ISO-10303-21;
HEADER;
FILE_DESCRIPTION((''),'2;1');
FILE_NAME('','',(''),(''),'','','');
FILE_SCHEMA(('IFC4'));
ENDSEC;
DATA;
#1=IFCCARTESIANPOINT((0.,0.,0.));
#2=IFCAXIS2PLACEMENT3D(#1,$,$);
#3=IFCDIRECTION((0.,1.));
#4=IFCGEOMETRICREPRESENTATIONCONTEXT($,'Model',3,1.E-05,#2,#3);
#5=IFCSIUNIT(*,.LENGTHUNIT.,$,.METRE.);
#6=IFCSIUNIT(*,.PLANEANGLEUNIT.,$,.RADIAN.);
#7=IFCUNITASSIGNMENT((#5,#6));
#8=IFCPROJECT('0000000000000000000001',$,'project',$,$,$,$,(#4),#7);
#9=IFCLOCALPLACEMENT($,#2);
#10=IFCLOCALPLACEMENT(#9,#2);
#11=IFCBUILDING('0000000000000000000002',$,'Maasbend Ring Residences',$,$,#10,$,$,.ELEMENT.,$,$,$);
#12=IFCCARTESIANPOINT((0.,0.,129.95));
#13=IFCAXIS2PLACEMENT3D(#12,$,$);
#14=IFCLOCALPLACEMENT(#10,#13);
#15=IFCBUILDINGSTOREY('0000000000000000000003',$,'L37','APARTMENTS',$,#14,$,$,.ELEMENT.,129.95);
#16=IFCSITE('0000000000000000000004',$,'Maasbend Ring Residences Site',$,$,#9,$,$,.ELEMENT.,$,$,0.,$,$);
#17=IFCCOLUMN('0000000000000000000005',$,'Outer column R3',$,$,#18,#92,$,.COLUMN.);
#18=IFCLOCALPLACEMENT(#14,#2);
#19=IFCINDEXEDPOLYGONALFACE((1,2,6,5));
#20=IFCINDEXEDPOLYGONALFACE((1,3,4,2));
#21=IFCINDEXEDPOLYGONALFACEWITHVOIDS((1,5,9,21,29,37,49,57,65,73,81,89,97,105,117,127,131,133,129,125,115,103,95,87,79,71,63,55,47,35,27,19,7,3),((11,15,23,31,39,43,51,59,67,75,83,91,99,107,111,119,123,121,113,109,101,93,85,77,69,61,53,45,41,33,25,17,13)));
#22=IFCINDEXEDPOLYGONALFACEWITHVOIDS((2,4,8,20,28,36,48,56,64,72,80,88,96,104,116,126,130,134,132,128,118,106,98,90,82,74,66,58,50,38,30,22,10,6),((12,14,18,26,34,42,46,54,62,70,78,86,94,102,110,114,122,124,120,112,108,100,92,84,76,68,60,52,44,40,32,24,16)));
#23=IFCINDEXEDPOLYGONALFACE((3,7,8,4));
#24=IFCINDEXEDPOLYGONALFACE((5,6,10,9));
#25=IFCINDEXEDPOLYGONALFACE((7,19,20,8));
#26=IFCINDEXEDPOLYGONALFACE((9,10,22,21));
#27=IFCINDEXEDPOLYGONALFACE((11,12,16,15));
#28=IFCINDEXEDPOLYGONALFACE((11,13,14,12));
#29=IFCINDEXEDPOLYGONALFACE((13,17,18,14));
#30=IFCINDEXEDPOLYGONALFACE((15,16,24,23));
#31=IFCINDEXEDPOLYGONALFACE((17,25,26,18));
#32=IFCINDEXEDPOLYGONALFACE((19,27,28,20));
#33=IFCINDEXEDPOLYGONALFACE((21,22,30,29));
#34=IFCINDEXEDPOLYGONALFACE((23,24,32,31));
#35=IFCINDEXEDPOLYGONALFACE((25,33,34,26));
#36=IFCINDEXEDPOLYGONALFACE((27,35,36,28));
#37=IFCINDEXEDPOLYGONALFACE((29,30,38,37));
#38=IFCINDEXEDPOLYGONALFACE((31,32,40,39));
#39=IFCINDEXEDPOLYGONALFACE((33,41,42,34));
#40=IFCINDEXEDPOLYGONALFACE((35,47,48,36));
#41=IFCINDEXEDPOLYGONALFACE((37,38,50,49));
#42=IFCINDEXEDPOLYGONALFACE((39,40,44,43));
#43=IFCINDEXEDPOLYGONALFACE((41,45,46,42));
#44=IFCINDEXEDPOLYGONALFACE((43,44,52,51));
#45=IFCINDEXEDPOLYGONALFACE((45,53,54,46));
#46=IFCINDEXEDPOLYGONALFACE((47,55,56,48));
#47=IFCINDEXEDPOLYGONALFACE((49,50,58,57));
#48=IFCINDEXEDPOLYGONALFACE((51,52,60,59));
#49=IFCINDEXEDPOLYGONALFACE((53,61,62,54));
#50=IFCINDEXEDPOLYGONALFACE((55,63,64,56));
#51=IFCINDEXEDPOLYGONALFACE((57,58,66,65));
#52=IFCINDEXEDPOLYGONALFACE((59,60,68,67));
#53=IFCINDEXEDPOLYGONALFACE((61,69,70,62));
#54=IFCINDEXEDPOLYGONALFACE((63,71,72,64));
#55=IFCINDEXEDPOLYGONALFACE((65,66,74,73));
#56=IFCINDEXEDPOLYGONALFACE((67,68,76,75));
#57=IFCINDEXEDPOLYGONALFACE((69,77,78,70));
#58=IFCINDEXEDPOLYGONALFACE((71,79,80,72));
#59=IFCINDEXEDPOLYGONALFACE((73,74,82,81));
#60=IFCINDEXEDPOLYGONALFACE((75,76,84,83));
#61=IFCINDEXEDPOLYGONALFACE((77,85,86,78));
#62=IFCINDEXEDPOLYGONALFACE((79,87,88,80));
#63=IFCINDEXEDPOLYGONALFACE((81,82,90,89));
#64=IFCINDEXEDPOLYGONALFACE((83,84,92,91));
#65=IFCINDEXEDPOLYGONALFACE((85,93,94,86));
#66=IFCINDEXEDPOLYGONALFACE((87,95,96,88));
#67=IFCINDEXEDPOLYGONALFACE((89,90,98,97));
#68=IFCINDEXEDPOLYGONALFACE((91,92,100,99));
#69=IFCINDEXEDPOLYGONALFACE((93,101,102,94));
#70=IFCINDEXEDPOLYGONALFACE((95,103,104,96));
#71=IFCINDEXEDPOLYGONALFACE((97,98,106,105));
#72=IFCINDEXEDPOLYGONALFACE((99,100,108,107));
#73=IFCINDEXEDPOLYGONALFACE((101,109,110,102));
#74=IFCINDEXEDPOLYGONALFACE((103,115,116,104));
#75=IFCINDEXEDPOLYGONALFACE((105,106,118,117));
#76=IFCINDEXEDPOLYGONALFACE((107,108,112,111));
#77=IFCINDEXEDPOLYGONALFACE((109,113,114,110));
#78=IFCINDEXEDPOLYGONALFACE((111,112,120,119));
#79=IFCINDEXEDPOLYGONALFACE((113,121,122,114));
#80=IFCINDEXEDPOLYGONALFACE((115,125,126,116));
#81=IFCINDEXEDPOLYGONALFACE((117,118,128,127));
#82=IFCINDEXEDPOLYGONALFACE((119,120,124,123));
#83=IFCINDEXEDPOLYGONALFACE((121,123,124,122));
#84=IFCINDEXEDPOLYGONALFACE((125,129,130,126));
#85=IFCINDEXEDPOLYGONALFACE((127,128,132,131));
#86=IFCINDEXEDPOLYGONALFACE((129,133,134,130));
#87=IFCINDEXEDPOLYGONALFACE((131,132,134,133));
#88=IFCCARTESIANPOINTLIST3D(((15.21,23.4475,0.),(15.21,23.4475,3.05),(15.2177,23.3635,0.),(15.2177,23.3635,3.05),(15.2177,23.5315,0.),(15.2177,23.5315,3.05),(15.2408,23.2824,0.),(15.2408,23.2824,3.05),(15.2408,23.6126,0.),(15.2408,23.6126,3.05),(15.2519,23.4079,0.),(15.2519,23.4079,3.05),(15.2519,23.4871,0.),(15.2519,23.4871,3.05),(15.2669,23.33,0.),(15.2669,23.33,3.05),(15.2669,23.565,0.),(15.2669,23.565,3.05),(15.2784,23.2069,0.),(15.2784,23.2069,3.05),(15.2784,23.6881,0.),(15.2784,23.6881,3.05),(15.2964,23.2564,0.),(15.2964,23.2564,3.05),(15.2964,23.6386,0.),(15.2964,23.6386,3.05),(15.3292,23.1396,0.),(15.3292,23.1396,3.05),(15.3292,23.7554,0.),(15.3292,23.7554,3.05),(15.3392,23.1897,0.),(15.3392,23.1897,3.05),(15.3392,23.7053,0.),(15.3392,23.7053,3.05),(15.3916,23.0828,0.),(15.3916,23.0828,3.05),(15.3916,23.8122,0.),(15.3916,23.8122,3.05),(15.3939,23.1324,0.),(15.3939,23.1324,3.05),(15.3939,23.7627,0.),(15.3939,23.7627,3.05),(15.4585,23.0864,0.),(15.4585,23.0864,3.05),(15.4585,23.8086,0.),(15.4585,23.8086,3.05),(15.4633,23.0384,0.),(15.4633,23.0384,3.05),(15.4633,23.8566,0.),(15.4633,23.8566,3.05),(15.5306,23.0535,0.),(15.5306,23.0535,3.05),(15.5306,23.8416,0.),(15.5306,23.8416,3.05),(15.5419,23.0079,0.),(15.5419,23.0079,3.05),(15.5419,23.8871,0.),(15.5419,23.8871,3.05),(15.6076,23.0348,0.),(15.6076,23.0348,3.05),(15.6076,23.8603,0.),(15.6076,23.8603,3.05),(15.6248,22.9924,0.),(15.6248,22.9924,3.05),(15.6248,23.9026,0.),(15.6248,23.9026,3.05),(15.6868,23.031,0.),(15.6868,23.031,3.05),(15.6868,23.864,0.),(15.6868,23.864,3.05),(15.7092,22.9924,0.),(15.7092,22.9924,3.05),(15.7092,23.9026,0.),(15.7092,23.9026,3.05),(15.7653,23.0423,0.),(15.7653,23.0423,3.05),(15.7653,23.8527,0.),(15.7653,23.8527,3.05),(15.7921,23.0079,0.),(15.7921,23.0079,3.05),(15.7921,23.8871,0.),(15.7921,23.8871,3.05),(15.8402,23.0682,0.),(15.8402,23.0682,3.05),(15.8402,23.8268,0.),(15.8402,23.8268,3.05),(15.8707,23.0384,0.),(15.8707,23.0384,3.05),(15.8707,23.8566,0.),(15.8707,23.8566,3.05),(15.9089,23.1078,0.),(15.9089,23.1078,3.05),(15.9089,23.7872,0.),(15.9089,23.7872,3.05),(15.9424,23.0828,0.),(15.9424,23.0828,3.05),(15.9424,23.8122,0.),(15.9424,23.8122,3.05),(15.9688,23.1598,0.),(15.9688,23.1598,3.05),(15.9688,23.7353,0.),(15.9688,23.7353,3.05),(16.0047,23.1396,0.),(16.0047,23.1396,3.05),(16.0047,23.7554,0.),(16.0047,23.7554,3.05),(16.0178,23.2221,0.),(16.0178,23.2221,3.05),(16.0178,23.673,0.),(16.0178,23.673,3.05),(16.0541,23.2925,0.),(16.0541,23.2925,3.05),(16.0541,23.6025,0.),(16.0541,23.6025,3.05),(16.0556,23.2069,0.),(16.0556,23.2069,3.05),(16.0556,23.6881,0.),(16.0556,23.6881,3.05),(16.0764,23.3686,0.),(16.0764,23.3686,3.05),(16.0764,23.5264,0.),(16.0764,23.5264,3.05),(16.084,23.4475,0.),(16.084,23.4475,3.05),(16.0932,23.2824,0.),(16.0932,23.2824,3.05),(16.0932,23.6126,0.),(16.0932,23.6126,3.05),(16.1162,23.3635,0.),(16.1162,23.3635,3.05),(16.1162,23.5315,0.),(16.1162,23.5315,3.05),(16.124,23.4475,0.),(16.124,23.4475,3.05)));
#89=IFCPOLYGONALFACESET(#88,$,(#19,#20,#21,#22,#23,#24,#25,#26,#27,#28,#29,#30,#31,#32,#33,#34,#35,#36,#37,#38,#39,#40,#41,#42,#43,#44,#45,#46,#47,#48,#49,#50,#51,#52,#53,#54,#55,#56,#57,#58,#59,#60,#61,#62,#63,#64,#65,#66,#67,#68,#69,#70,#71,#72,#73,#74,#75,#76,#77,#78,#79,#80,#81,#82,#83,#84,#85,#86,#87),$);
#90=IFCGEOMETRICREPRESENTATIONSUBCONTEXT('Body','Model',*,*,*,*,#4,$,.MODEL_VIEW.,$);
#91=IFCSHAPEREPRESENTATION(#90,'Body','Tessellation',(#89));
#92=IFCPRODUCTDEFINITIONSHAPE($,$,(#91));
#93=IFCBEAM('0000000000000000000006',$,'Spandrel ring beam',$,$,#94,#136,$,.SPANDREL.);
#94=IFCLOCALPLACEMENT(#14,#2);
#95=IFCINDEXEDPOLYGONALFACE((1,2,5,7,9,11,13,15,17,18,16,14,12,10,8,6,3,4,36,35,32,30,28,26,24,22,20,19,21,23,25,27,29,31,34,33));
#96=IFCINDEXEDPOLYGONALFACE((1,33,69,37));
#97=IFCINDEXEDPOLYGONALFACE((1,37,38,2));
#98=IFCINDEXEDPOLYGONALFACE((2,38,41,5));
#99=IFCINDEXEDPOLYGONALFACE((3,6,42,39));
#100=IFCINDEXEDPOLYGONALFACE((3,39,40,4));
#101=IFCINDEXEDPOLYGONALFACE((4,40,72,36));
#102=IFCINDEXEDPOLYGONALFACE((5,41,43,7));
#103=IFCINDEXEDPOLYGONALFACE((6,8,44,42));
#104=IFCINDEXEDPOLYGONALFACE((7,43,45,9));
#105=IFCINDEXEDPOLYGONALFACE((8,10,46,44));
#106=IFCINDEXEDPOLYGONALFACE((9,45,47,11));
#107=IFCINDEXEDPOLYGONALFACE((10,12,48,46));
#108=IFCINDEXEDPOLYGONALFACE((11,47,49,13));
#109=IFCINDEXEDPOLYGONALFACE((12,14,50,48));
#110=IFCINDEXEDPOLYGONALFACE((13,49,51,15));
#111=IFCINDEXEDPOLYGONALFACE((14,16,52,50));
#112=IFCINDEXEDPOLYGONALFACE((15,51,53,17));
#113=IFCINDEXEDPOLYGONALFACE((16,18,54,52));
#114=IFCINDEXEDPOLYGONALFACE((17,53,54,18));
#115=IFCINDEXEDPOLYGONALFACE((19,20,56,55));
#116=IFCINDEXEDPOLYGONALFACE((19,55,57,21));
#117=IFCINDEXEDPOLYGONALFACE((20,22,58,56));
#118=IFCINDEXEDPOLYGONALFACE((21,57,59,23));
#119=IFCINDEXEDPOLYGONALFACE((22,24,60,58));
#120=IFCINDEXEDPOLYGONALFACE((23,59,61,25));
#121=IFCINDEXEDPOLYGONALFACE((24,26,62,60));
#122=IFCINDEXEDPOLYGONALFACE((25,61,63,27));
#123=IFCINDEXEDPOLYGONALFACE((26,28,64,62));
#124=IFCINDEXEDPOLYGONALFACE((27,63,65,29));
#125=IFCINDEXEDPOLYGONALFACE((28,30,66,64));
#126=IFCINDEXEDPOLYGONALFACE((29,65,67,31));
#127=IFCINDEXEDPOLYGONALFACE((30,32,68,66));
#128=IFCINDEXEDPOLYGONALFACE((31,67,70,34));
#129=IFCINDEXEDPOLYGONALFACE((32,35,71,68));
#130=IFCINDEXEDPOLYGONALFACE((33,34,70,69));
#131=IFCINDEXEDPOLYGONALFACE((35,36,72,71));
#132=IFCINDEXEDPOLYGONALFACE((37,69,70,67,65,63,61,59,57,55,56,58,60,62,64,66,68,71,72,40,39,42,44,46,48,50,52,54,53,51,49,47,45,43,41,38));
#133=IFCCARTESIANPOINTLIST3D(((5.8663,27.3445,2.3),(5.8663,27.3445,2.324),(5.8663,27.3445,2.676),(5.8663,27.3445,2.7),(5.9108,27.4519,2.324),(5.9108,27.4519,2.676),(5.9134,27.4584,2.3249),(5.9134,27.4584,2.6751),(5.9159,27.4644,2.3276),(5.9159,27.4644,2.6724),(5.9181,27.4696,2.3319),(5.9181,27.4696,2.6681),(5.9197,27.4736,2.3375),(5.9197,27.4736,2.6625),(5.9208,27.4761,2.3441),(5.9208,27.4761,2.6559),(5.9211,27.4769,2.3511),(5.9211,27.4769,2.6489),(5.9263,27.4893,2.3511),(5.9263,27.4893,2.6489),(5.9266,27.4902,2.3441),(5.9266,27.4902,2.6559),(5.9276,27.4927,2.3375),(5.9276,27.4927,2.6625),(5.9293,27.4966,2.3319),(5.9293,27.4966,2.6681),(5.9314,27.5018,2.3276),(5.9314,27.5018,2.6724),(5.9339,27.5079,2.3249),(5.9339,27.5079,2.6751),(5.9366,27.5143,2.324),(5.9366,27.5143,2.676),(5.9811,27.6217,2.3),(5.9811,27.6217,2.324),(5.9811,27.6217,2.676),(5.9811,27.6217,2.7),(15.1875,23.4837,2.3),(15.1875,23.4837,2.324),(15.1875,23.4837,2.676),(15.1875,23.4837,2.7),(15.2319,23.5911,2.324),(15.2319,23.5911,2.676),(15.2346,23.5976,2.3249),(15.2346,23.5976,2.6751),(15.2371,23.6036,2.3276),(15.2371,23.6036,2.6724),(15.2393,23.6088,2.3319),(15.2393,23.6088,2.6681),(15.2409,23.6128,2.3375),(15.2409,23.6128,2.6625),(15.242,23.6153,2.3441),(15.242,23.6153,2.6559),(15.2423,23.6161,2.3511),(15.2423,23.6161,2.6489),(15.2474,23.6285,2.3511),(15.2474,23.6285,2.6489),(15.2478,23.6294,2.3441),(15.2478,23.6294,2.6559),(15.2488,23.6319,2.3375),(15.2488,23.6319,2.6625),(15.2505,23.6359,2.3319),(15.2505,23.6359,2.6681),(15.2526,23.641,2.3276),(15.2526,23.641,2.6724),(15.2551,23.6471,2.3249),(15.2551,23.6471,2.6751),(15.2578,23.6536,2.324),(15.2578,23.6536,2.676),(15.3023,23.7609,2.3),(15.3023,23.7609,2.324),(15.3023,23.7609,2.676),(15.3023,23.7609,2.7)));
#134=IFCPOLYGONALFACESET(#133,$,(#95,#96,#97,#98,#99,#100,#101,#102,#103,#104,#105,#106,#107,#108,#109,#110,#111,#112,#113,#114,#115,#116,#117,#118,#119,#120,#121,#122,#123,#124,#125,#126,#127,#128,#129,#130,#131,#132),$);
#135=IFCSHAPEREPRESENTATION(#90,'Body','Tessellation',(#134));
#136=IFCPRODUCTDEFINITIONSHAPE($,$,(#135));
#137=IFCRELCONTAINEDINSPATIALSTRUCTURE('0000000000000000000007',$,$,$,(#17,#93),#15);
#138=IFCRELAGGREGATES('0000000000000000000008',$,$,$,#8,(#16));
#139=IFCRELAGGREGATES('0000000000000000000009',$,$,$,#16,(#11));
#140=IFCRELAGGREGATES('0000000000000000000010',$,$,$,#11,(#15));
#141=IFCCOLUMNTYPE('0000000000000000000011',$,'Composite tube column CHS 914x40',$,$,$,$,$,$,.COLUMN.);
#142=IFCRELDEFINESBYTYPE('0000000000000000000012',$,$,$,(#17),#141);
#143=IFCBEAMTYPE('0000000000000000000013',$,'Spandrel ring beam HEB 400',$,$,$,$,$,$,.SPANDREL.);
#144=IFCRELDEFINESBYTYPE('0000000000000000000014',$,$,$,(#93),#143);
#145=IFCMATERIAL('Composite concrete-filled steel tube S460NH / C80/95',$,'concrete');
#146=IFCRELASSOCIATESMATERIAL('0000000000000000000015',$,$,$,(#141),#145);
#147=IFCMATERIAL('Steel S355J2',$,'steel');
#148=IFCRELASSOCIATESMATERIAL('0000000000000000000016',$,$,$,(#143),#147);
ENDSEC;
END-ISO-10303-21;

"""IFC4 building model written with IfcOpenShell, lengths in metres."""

from ifc_helpers import new_model, si_unit, direction, frame, origin, origin_2d, place, context, subcontext, project, spatial, hollow_circle, i_section, extrude, material, material_profile, profile_set, type_object, element, save


model = new_model("IFC4")

# Units and contexts
model_context = context("Model", 3, precision=1e-05, world=origin(), true_north=direction((0.0, 1.0)))
body_context = subcontext(model_context, "Body", "Model", "MODEL_VIEW")
ifc_project = project(units=[si_unit("LENGTHUNIT", "METRE"), si_unit("PLANEANGLEUNIT", "RADIAN")], contexts=[model_context])

# Site, building, storey
site_placement = place(None, origin())
site = spatial("IfcSite", under=ifc_project, at=site_placement, Name="Maasbend Ring Residences Site", CompositionType="ELEMENT", RefElevation=0.0)
building_placement = place(site_placement, origin())
building = spatial("IfcBuilding", under=site, at=building_placement, Name="Maasbend Ring Residences", CompositionType="ELEMENT")
storey_placement = place(building_placement, frame((0.0, 0.0, 129.95)))
storey = spatial("IfcBuildingStorey", under=building, at=storey_placement, Name="L37", Description="APARTMENTS", CompositionType="ELEMENT", Elevation=129.95)

# Column
ifc_material_1 = material(Name="Composite concrete-filled steel tube S460NH / C80/95", Category="concrete")
ifc_material_profile_1 = material_profile(ifc_material_1, hollow_circle(Radius=0.457, WallThickness=0.04, at=origin_2d()), Name="Composite tube column CHS 914x40")
ifc_profile_set_1 = profile_set([ifc_material_profile_1], Name="Composite concrete-filled steel tube S460NH / C80/95")
column_type = type_object("IfcColumnType", Name="Composite tube column CHS 914x40", PredefinedType="COLUMN", material=ifc_profile_set_1)
column_placement = place(storey_placement, frame((15.667, 23.4475, 0.0), z_axis=(0.0, 0.0, 1.0), x_axis=(1.0, 0.0, 0.0)))
element("IfcColumn", 1, at=column_placement, inside=storey, type_object=column_type, Name="Outer column R3", PredefinedType="COLUMN", context=body_context, shape_type="SweptSolid", body=[
    extrude(hollow_circle(Radius=0.457, WallThickness=0.04, at=origin_2d()), origin(), (0.0, 0.0, 1.0), 3.05),
])

# Beam
ifc_material_2 = material(Name="Steel S355J2", Category="steel")
ifc_material_profile_2 = material_profile(ifc_material_2, i_section(OverallWidth=0.3, OverallDepth=0.3999, WebThickness=0.0134, FlangeThickness=0.0239, FilletRadius=0.0271, at=origin_2d()), Name="HEB 400")
ifc_profile_set_2 = profile_set([ifc_material_profile_2], Name="Steel S355J2")
beam_type = type_object("IfcBeamType", Name="Spandrel ring beam HEB 400", PredefinedType="SPANDREL", material=ifc_profile_set_2)
beam_placement = place(storey_placement, frame((15.2449, 23.6223, 2.5), z_axis=(-0.923885, 0.38267, 0.0), x_axis=(-0.38267, -0.923885, 0.0)))
element("IfcBeam", 2, at=beam_placement, inside=storey, type_object=beam_type, Name="Spandrel ring beam", PredefinedType="SPANDREL", context=body_context, shape_type="SweptSolid", body=[
    extrude(i_section(OverallWidth=0.3, OverallDepth=0.3999, WebThickness=0.0134, FlangeThickness=0.0239, FilletRadius=0.0271, at=origin_2d()), origin(), (0.0, 0.0, 1.0), 10.0891),
])

save(model, "model.ifc")
